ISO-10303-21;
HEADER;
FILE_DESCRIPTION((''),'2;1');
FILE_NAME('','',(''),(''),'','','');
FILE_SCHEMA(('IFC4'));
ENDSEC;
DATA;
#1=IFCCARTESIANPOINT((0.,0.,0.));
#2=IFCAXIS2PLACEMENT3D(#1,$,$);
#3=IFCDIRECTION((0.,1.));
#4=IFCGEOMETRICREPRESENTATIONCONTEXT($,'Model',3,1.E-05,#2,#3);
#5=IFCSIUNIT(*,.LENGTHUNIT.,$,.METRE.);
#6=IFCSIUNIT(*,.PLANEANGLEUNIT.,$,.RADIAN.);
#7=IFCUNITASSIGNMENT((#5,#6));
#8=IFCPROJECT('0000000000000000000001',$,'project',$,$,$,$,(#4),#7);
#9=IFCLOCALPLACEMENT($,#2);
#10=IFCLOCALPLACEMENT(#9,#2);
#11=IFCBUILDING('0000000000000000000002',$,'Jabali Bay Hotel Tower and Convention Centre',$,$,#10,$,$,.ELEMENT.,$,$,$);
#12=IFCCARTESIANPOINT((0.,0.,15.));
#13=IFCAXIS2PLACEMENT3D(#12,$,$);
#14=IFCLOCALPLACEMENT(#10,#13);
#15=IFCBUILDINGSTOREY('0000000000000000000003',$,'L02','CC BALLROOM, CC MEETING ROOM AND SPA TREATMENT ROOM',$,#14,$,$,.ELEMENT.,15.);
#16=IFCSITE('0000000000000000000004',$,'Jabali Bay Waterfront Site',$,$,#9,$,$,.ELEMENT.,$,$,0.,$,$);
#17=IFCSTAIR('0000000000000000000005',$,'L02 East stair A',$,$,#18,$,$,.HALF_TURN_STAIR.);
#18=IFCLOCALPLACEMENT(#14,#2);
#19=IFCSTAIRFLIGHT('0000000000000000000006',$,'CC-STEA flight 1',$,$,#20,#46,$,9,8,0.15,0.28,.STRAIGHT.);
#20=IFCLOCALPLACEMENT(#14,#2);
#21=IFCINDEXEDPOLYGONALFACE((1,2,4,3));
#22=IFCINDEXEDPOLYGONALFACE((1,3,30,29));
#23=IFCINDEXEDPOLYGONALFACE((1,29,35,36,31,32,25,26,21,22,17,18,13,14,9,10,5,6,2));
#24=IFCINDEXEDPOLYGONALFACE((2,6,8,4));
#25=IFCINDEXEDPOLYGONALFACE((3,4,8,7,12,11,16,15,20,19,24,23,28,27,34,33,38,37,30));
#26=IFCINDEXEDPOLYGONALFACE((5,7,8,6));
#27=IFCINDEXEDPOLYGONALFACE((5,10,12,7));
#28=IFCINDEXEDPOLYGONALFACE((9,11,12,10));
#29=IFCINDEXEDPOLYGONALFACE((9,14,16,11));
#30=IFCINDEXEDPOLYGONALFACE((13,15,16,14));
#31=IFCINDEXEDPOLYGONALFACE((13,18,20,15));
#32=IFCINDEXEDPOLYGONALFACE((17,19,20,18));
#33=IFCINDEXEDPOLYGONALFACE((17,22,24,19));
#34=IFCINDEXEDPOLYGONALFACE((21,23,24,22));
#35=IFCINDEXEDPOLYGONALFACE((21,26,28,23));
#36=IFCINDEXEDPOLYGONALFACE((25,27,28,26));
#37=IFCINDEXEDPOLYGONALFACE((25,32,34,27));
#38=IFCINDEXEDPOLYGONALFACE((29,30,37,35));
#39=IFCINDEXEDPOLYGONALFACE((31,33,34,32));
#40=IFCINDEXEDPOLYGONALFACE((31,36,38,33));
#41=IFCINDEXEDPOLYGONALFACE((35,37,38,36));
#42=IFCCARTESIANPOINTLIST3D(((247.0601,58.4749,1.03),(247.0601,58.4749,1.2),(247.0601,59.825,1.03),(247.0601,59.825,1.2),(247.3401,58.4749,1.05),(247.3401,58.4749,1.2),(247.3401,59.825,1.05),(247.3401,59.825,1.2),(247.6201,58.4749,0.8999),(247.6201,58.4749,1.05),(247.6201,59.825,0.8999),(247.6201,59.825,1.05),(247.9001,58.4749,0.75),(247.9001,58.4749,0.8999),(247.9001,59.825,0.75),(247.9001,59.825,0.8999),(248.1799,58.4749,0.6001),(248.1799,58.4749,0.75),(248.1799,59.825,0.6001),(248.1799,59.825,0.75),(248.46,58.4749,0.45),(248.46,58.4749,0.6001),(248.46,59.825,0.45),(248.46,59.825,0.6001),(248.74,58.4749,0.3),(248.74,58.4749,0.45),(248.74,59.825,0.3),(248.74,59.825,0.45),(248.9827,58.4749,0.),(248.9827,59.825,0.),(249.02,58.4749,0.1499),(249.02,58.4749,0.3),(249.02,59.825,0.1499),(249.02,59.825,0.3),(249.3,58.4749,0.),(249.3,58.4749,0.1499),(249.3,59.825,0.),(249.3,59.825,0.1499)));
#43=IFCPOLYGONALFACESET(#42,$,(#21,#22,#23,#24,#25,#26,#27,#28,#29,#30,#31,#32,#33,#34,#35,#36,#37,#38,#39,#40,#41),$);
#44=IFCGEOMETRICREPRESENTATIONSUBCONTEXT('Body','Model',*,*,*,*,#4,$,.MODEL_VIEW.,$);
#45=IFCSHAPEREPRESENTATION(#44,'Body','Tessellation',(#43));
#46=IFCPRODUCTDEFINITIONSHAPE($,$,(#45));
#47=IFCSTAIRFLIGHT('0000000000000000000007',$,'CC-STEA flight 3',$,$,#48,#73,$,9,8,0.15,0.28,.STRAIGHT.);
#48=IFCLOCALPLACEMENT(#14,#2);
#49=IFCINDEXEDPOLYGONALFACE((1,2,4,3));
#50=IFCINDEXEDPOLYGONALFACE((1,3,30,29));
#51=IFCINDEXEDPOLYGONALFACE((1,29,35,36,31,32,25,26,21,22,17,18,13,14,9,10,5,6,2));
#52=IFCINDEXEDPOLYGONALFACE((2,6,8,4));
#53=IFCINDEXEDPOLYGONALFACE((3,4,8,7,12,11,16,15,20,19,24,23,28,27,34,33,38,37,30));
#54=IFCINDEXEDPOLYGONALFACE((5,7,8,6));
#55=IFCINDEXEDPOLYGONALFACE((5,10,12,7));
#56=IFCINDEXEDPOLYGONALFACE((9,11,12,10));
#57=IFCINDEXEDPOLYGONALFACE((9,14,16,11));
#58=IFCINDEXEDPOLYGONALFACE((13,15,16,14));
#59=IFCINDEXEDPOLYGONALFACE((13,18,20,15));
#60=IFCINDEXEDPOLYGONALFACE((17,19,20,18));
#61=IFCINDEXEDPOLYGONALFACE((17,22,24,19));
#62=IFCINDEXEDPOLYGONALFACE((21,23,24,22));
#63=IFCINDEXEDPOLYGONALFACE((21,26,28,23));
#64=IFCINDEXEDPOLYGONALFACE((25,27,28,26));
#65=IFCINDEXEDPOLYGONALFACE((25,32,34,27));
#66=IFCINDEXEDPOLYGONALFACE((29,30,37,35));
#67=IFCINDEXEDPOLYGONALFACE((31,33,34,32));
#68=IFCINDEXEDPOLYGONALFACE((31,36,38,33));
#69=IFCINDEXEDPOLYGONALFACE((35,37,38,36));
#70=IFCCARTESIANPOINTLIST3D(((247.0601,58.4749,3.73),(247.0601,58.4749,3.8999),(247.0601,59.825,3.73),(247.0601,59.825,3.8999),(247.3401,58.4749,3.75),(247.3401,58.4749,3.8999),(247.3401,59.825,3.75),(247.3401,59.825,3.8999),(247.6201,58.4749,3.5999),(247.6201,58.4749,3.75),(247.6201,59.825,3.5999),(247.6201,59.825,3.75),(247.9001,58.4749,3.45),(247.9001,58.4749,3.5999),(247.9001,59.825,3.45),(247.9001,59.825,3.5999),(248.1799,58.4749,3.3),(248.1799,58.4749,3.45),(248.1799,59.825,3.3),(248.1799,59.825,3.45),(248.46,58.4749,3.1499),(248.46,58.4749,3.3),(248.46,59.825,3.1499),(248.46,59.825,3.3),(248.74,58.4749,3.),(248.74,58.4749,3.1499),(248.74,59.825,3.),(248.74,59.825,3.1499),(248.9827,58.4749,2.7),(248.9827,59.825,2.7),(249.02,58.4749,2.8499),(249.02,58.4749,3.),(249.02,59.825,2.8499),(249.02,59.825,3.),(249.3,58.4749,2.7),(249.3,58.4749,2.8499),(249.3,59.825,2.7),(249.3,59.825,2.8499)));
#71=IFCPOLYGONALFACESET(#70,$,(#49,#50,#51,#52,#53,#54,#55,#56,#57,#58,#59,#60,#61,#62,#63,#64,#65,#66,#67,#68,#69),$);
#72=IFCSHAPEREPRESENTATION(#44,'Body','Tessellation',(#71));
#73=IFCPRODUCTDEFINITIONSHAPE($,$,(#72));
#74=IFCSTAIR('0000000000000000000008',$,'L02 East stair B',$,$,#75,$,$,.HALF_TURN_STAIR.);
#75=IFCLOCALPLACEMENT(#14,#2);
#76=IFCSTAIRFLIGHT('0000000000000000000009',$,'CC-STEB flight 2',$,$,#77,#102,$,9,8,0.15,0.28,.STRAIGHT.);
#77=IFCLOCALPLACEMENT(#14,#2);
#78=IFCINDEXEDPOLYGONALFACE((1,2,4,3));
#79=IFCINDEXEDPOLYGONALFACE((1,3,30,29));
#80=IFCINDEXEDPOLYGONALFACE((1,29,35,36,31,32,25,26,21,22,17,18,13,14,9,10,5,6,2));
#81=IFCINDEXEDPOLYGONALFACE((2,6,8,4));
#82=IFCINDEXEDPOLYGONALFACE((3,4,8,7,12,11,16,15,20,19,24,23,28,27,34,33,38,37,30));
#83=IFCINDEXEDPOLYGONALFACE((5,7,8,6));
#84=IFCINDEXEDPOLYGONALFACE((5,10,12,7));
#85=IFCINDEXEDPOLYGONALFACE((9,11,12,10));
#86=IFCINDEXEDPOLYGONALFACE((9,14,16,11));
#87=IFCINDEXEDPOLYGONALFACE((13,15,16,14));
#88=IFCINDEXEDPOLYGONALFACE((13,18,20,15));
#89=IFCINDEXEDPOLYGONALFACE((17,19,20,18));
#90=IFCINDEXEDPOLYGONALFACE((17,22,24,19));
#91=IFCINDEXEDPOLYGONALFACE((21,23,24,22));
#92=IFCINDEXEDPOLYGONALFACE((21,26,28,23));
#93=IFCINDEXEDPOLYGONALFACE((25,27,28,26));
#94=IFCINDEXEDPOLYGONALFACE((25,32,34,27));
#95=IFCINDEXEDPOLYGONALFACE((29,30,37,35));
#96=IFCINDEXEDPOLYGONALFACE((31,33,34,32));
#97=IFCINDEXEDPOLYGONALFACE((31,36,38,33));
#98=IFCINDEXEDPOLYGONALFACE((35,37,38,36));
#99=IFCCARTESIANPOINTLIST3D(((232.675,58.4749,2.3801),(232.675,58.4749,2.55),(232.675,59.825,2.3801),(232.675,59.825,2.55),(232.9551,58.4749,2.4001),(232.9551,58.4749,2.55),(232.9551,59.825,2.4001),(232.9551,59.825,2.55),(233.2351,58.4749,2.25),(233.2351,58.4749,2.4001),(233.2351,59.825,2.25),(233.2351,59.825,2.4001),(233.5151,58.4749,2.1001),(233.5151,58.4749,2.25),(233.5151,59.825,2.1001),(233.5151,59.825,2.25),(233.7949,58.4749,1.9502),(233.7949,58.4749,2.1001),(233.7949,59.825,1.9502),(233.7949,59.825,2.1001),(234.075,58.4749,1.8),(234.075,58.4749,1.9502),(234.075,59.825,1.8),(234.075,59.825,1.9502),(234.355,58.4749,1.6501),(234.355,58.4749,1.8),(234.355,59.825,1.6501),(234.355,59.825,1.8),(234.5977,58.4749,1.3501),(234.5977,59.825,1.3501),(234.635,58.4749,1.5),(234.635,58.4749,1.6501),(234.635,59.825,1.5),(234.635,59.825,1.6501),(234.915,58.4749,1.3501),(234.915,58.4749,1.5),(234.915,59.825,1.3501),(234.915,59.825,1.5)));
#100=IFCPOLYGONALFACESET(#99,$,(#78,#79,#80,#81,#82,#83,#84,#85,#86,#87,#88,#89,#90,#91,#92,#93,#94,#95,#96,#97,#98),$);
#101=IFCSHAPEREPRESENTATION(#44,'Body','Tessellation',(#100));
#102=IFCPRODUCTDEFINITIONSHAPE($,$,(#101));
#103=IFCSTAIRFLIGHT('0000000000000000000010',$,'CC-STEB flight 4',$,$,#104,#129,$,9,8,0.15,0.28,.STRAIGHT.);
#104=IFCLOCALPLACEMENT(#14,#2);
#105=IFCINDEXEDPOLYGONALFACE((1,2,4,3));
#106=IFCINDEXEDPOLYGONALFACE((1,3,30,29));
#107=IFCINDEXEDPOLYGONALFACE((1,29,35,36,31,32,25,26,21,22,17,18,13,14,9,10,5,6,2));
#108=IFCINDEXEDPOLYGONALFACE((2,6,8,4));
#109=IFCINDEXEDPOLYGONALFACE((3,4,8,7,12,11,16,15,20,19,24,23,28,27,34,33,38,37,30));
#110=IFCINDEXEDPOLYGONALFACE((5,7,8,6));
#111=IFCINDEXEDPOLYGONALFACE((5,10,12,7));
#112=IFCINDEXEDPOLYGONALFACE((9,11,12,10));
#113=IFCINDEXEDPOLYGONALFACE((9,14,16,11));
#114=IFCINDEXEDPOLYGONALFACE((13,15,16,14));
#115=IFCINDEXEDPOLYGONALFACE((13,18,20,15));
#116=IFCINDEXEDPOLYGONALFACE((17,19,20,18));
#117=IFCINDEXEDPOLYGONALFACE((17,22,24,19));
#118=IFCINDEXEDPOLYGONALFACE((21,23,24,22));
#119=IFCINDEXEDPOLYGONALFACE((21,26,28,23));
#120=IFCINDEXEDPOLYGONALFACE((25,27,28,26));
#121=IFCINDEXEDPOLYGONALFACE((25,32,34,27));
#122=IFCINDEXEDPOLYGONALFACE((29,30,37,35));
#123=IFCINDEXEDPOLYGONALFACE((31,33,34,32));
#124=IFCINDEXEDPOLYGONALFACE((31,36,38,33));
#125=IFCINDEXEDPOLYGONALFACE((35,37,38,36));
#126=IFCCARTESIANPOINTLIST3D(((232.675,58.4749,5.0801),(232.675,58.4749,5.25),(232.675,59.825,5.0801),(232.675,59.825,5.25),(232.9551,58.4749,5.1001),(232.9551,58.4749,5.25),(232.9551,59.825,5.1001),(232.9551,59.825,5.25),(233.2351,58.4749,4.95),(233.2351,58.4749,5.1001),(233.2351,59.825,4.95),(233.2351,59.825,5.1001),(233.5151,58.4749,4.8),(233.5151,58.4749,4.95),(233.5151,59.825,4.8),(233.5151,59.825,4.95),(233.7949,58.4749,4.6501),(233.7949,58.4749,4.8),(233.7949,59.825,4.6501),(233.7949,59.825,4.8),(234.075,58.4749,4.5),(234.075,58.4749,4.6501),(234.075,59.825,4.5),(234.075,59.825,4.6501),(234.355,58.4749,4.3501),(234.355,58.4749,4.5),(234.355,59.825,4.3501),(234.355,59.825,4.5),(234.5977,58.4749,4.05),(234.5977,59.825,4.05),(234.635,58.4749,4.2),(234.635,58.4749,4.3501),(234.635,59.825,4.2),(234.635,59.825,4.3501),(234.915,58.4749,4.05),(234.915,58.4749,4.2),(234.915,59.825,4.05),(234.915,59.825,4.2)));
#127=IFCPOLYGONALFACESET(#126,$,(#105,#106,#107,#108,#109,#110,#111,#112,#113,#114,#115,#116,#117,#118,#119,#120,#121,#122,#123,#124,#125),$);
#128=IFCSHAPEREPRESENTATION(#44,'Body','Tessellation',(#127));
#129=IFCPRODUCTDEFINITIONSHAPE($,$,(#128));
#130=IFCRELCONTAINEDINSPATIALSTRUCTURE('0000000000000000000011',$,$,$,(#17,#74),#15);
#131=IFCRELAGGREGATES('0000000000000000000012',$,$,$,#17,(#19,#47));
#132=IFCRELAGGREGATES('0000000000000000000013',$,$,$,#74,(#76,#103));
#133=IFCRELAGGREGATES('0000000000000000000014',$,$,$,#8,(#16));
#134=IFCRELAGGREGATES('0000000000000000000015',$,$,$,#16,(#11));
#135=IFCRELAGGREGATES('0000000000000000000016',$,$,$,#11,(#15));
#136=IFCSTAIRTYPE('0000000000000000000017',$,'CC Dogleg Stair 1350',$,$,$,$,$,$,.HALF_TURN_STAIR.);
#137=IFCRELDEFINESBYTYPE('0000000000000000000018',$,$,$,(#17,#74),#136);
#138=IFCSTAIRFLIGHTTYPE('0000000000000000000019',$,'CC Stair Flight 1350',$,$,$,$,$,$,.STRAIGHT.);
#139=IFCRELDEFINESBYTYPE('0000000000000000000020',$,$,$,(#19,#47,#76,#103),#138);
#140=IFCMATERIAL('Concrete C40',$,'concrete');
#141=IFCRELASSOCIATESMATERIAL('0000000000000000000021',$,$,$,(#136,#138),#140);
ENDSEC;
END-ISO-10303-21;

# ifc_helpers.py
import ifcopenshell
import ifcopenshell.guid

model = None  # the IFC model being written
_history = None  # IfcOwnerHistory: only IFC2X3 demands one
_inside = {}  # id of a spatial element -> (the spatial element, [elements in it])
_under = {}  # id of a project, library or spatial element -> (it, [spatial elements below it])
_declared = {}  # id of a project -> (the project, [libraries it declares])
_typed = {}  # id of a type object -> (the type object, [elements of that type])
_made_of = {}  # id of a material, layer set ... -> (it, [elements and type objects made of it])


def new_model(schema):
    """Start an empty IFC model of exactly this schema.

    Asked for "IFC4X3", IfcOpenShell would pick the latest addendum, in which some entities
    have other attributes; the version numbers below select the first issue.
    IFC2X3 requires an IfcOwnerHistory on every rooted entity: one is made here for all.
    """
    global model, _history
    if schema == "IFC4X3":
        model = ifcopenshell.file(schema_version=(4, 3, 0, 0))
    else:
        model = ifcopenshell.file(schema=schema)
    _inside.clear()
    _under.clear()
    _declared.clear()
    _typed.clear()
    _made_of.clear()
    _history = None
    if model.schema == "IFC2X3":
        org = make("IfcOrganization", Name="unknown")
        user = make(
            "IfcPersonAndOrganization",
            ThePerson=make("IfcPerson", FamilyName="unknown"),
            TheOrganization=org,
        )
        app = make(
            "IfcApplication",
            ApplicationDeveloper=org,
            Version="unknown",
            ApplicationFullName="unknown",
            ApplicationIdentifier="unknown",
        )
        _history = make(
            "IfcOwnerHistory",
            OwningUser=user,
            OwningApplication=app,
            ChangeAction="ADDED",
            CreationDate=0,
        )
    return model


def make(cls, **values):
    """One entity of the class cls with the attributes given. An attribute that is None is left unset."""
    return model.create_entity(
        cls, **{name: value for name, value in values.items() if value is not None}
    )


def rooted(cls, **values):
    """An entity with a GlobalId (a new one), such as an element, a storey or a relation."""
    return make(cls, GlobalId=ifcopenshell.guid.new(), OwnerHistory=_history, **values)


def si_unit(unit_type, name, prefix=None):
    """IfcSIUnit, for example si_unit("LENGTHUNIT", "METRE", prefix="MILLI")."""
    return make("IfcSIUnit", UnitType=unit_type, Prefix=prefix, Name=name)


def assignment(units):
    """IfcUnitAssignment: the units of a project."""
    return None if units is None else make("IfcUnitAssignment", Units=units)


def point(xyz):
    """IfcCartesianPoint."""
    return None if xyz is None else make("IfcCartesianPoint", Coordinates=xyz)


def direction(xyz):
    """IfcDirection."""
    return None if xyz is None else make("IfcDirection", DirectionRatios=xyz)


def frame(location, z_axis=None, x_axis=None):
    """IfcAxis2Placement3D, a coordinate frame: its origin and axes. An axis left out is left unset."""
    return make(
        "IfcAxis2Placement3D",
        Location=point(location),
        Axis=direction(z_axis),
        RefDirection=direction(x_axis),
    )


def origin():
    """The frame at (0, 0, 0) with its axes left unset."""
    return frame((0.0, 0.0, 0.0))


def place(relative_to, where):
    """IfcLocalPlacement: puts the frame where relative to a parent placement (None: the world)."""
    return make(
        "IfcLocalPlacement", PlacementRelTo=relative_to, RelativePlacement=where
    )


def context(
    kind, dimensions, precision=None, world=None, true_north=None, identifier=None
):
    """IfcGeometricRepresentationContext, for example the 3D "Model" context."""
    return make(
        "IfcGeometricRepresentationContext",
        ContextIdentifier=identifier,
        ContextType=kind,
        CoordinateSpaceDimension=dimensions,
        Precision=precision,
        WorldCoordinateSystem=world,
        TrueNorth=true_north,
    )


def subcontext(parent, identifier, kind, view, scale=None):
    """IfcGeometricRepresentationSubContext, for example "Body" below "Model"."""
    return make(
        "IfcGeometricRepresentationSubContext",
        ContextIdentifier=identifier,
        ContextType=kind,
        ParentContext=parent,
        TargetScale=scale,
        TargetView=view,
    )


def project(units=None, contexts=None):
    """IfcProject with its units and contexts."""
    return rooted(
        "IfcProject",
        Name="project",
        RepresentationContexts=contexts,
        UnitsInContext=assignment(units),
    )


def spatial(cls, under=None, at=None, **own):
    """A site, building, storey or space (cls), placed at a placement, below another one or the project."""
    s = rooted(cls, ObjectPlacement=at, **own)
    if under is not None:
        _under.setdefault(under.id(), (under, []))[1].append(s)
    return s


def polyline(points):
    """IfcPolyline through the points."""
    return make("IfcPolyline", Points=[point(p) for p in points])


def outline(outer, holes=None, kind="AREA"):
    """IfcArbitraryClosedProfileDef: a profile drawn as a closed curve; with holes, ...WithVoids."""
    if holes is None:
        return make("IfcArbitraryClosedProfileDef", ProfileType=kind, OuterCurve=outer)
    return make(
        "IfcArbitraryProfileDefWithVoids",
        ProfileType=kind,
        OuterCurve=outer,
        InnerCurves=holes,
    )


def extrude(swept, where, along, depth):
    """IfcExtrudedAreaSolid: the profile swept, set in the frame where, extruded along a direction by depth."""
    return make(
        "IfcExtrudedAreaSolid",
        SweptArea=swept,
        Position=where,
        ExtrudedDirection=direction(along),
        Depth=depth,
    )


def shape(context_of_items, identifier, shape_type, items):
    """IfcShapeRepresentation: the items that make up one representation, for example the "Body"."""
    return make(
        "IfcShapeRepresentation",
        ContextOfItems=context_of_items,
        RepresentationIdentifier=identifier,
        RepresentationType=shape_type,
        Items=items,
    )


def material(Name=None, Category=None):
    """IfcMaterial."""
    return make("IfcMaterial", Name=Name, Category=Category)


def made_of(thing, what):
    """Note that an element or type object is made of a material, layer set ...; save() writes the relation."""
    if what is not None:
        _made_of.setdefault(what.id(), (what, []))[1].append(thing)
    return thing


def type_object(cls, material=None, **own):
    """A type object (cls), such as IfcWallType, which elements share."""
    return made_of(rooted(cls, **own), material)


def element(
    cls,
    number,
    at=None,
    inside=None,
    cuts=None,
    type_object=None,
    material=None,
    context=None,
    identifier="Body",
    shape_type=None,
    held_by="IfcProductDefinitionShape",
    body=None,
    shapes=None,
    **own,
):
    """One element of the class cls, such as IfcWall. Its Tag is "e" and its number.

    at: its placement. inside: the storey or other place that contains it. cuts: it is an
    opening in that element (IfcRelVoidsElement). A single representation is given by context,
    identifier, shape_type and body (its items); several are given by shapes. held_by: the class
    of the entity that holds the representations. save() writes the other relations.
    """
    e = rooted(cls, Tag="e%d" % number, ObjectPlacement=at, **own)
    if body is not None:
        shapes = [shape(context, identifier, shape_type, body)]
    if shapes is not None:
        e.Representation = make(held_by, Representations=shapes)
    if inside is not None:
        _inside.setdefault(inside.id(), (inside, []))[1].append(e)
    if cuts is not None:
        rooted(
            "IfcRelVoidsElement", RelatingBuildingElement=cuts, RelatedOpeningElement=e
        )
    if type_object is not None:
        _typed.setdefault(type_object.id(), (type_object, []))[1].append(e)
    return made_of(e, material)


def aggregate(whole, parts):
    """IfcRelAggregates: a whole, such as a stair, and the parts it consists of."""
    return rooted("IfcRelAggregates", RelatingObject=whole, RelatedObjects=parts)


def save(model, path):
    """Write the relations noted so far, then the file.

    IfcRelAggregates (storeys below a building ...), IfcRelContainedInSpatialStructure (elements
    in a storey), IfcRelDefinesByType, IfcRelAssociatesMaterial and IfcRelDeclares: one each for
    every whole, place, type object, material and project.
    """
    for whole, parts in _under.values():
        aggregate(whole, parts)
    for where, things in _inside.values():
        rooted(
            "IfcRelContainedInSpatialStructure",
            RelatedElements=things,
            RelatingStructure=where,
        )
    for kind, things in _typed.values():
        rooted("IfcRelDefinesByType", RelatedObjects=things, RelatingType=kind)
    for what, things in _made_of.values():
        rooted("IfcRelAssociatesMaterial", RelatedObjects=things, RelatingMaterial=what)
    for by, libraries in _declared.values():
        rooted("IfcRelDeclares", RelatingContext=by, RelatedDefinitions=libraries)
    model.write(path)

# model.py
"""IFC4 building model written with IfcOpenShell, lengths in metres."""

from ifc_helpers import new_model, si_unit, direction, frame, origin, place, context, subcontext, project, spatial, polyline, outline, extrude, material, type_object, element, aggregate, save


model = new_model("IFC4")

# Units and contexts
model_context = context("Model", 3, precision=1e-05, world=origin(), true_north=direction((0.0, 1.0)))
body_context = subcontext(model_context, "Body", "Model", "MODEL_VIEW")
ifc_project = project(units=[si_unit("LENGTHUNIT", "METRE"), si_unit("PLANEANGLEUNIT", "RADIAN")], contexts=[model_context])

# Site, building, storey
site_placement = place(None, origin())
site = spatial("IfcSite", under=ifc_project, at=site_placement, Name="Jabali Bay Waterfront Site", CompositionType="ELEMENT", RefElevation=0.0)
building_placement = place(site_placement, origin())
building = spatial("IfcBuilding", under=site, at=building_placement, Name="Jabali Bay Hotel Tower and Convention Centre", CompositionType="ELEMENT")
storey_placement = place(building_placement, frame((0.0, 0.0, 15.0)))
storey = spatial("IfcBuildingStorey", under=building, at=storey_placement, Name="L02", Description="CC BALLROOM, CC MEETING ROOM AND SPA TREATMENT ROOM", CompositionType="ELEMENT", Elevation=15.0)

# Shared definitions
ifc_material_1 = material(Name="Concrete C40", Category="concrete")

# Stairs, stair flights
stair_type = type_object("IfcStairType", Name="CC Dogleg Stair 1350", PredefinedType="HALF_TURN_STAIR", material=ifc_material_1)
stair_1_placement = place(storey_placement, origin())
stair_1 = element("IfcStair", 1, at=stair_1_placement, inside=storey, type_object=stair_type, Name="L02 East stair A", PredefinedType="HALF_TURN_STAIR")
stair_flight_type = type_object("IfcStairFlightType", Name="CC Stair Flight 1350", PredefinedType="STRAIGHT", material=ifc_material_1)
stair_flight_1_placement = place(storey_placement, frame((249.3, 59.1499, 0.0), z_axis=(0.0, 0.0, 1.0), x_axis=(-1.0, 0.0, 0.0)))
stair_flight_1 = element("IfcStairFlight", 2, at=stair_flight_1_placement, type_object=stair_flight_type, Name="CC-STEA flight 1", NumberOfRisers=9, NumberOfTreads=8, PredefinedType="STRAIGHT", RiserHeight=0.15, TreadLength=0.28, context=body_context, shape_type="SweptSolid", body=[
    extrude(outline(polyline([(0.0, 0.0), (0.0, 0.1499), (0.28, 0.1499), (0.28, 0.3), (0.5601, 0.3), (0.5601, 0.45), (0.8401, 0.45), (0.8401, 0.6001), (1.1201, 0.6001), (1.1201, 0.75), (1.3999, 0.75), (1.3999, 0.8999), (1.6799, 0.8999), (1.6799, 1.05), (1.96, 1.05), (1.96, 1.2), (2.24, 1.2), (2.24, 1.3501), (2.24, 1.03), (0.3174, 0.0), (0.0, 0.0)])), frame((0.0, 0.675, 0.0), z_axis=(0.0, -1.0, 0.0), x_axis=(1.0, 0.0, 0.0)), (0.0, 0.0, 1.0), 1.3501),
])
stair_flight_2_placement = place(storey_placement, frame((249.3, 59.1499, 2.7), z_axis=(0.0, 0.0, 1.0), x_axis=(-1.0, 0.0, 0.0)))
stair_flight_2 = element("IfcStairFlight", 3, at=stair_flight_2_placement, type_object=stair_flight_type, Name="CC-STEA flight 3", NumberOfRisers=9, NumberOfTreads=8, PredefinedType="STRAIGHT", RiserHeight=0.15, TreadLength=0.28, context=body_context, shape_type="SweptSolid", body=[
    extrude(outline(polyline([(0.0, 0.0), (0.0, 0.1499), (0.28, 0.1499), (0.28, 0.3), (0.5601, 0.3), (0.5601, 0.45), (0.8401, 0.45), (0.8401, 0.6001), (1.1201, 0.6001), (1.1201, 0.75), (1.3999, 0.75), (1.3999, 0.8999), (1.6799, 0.8999), (1.6799, 1.05), (1.96, 1.05), (1.96, 1.2), (2.24, 1.2), (2.24, 1.3501), (2.24, 1.03), (0.3174, 0.0), (0.0, 0.0)])), frame((0.0, 0.675, 0.0), z_axis=(0.0, -1.0, 0.0), x_axis=(1.0, 0.0, 0.0)), (0.0, 0.0, 1.0), 1.3501),
])
aggregate(stair_1, [stair_flight_1, stair_flight_2])
stair_2_placement = place(storey_placement, origin())
stair_2 = element("IfcStair", 4, at=stair_2_placement, inside=storey, type_object=stair_type, Name="L02 East stair B", PredefinedType="HALF_TURN_STAIR")
stair_flight_3_placement = place(storey_placement, frame((234.915, 59.1499, 1.3501), z_axis=(0.0, 0.0, 1.0), x_axis=(-1.0, 0.0, 0.0)))
stair_flight_3 = element("IfcStairFlight", 5, at=stair_flight_3_placement, type_object=stair_flight_type, Name="CC-STEB flight 2", NumberOfRisers=9, NumberOfTreads=8, PredefinedType="STRAIGHT", RiserHeight=0.15, TreadLength=0.28, context=body_context, shape_type="SweptSolid", body=[
    extrude(outline(polyline([(0.0, 0.0), (0.0, 0.1499), (0.28, 0.1499), (0.28, 0.3), (0.5601, 0.3), (0.5601, 0.45), (0.8401, 0.45), (0.8401, 0.6001), (1.1201, 0.6001), (1.1201, 0.75), (1.3999, 0.75), (1.3999, 0.8999), (1.6799, 0.8999), (1.6799, 1.05), (1.96, 1.05), (1.96, 1.2), (2.24, 1.2), (2.24, 1.3501), (2.24, 1.03), (0.3174, 0.0), (0.0, 0.0)])), frame((0.0, 0.675, 0.0), z_axis=(0.0, -1.0, 0.0), x_axis=(1.0, 0.0, 0.0)), (0.0, 0.0, 1.0), 1.3501),
])
stair_flight_4_placement = place(storey_placement, frame((234.915, 59.1499, 4.05), z_axis=(0.0, 0.0, 1.0), x_axis=(-1.0, 0.0, 0.0)))
stair_flight_4 = element("IfcStairFlight", 6, at=stair_flight_4_placement, type_object=stair_flight_type, Name="CC-STEB flight 4", NumberOfRisers=9, NumberOfTreads=8, PredefinedType="STRAIGHT", RiserHeight=0.15, TreadLength=0.28, context=body_context, shape_type="SweptSolid", body=[
    extrude(outline(polyline([(0.0, 0.0), (0.0, 0.1499), (0.28, 0.1499), (0.28, 0.3), (0.5601, 0.3), (0.5601, 0.45), (0.8401, 0.45), (0.8401, 0.6001), (1.1201, 0.6001), (1.1201, 0.75), (1.3999, 0.75), (1.3999, 0.8999), (1.6799, 0.8999), (1.6799, 1.05), (1.96, 1.05), (1.96, 1.2), (2.24, 1.2), (2.24, 1.3501), (2.24, 1.03), (0.3174, 0.0), (0.0, 0.0)])), frame((0.0, 0.675, 0.0), z_axis=(0.0, -1.0, 0.0), x_axis=(1.0, 0.0, 0.0)), (0.0, 0.0, 1.0), 1.3501),
])
aggregate(stair_2, [stair_flight_3, stair_flight_4])

save(model, "model.ifc")
